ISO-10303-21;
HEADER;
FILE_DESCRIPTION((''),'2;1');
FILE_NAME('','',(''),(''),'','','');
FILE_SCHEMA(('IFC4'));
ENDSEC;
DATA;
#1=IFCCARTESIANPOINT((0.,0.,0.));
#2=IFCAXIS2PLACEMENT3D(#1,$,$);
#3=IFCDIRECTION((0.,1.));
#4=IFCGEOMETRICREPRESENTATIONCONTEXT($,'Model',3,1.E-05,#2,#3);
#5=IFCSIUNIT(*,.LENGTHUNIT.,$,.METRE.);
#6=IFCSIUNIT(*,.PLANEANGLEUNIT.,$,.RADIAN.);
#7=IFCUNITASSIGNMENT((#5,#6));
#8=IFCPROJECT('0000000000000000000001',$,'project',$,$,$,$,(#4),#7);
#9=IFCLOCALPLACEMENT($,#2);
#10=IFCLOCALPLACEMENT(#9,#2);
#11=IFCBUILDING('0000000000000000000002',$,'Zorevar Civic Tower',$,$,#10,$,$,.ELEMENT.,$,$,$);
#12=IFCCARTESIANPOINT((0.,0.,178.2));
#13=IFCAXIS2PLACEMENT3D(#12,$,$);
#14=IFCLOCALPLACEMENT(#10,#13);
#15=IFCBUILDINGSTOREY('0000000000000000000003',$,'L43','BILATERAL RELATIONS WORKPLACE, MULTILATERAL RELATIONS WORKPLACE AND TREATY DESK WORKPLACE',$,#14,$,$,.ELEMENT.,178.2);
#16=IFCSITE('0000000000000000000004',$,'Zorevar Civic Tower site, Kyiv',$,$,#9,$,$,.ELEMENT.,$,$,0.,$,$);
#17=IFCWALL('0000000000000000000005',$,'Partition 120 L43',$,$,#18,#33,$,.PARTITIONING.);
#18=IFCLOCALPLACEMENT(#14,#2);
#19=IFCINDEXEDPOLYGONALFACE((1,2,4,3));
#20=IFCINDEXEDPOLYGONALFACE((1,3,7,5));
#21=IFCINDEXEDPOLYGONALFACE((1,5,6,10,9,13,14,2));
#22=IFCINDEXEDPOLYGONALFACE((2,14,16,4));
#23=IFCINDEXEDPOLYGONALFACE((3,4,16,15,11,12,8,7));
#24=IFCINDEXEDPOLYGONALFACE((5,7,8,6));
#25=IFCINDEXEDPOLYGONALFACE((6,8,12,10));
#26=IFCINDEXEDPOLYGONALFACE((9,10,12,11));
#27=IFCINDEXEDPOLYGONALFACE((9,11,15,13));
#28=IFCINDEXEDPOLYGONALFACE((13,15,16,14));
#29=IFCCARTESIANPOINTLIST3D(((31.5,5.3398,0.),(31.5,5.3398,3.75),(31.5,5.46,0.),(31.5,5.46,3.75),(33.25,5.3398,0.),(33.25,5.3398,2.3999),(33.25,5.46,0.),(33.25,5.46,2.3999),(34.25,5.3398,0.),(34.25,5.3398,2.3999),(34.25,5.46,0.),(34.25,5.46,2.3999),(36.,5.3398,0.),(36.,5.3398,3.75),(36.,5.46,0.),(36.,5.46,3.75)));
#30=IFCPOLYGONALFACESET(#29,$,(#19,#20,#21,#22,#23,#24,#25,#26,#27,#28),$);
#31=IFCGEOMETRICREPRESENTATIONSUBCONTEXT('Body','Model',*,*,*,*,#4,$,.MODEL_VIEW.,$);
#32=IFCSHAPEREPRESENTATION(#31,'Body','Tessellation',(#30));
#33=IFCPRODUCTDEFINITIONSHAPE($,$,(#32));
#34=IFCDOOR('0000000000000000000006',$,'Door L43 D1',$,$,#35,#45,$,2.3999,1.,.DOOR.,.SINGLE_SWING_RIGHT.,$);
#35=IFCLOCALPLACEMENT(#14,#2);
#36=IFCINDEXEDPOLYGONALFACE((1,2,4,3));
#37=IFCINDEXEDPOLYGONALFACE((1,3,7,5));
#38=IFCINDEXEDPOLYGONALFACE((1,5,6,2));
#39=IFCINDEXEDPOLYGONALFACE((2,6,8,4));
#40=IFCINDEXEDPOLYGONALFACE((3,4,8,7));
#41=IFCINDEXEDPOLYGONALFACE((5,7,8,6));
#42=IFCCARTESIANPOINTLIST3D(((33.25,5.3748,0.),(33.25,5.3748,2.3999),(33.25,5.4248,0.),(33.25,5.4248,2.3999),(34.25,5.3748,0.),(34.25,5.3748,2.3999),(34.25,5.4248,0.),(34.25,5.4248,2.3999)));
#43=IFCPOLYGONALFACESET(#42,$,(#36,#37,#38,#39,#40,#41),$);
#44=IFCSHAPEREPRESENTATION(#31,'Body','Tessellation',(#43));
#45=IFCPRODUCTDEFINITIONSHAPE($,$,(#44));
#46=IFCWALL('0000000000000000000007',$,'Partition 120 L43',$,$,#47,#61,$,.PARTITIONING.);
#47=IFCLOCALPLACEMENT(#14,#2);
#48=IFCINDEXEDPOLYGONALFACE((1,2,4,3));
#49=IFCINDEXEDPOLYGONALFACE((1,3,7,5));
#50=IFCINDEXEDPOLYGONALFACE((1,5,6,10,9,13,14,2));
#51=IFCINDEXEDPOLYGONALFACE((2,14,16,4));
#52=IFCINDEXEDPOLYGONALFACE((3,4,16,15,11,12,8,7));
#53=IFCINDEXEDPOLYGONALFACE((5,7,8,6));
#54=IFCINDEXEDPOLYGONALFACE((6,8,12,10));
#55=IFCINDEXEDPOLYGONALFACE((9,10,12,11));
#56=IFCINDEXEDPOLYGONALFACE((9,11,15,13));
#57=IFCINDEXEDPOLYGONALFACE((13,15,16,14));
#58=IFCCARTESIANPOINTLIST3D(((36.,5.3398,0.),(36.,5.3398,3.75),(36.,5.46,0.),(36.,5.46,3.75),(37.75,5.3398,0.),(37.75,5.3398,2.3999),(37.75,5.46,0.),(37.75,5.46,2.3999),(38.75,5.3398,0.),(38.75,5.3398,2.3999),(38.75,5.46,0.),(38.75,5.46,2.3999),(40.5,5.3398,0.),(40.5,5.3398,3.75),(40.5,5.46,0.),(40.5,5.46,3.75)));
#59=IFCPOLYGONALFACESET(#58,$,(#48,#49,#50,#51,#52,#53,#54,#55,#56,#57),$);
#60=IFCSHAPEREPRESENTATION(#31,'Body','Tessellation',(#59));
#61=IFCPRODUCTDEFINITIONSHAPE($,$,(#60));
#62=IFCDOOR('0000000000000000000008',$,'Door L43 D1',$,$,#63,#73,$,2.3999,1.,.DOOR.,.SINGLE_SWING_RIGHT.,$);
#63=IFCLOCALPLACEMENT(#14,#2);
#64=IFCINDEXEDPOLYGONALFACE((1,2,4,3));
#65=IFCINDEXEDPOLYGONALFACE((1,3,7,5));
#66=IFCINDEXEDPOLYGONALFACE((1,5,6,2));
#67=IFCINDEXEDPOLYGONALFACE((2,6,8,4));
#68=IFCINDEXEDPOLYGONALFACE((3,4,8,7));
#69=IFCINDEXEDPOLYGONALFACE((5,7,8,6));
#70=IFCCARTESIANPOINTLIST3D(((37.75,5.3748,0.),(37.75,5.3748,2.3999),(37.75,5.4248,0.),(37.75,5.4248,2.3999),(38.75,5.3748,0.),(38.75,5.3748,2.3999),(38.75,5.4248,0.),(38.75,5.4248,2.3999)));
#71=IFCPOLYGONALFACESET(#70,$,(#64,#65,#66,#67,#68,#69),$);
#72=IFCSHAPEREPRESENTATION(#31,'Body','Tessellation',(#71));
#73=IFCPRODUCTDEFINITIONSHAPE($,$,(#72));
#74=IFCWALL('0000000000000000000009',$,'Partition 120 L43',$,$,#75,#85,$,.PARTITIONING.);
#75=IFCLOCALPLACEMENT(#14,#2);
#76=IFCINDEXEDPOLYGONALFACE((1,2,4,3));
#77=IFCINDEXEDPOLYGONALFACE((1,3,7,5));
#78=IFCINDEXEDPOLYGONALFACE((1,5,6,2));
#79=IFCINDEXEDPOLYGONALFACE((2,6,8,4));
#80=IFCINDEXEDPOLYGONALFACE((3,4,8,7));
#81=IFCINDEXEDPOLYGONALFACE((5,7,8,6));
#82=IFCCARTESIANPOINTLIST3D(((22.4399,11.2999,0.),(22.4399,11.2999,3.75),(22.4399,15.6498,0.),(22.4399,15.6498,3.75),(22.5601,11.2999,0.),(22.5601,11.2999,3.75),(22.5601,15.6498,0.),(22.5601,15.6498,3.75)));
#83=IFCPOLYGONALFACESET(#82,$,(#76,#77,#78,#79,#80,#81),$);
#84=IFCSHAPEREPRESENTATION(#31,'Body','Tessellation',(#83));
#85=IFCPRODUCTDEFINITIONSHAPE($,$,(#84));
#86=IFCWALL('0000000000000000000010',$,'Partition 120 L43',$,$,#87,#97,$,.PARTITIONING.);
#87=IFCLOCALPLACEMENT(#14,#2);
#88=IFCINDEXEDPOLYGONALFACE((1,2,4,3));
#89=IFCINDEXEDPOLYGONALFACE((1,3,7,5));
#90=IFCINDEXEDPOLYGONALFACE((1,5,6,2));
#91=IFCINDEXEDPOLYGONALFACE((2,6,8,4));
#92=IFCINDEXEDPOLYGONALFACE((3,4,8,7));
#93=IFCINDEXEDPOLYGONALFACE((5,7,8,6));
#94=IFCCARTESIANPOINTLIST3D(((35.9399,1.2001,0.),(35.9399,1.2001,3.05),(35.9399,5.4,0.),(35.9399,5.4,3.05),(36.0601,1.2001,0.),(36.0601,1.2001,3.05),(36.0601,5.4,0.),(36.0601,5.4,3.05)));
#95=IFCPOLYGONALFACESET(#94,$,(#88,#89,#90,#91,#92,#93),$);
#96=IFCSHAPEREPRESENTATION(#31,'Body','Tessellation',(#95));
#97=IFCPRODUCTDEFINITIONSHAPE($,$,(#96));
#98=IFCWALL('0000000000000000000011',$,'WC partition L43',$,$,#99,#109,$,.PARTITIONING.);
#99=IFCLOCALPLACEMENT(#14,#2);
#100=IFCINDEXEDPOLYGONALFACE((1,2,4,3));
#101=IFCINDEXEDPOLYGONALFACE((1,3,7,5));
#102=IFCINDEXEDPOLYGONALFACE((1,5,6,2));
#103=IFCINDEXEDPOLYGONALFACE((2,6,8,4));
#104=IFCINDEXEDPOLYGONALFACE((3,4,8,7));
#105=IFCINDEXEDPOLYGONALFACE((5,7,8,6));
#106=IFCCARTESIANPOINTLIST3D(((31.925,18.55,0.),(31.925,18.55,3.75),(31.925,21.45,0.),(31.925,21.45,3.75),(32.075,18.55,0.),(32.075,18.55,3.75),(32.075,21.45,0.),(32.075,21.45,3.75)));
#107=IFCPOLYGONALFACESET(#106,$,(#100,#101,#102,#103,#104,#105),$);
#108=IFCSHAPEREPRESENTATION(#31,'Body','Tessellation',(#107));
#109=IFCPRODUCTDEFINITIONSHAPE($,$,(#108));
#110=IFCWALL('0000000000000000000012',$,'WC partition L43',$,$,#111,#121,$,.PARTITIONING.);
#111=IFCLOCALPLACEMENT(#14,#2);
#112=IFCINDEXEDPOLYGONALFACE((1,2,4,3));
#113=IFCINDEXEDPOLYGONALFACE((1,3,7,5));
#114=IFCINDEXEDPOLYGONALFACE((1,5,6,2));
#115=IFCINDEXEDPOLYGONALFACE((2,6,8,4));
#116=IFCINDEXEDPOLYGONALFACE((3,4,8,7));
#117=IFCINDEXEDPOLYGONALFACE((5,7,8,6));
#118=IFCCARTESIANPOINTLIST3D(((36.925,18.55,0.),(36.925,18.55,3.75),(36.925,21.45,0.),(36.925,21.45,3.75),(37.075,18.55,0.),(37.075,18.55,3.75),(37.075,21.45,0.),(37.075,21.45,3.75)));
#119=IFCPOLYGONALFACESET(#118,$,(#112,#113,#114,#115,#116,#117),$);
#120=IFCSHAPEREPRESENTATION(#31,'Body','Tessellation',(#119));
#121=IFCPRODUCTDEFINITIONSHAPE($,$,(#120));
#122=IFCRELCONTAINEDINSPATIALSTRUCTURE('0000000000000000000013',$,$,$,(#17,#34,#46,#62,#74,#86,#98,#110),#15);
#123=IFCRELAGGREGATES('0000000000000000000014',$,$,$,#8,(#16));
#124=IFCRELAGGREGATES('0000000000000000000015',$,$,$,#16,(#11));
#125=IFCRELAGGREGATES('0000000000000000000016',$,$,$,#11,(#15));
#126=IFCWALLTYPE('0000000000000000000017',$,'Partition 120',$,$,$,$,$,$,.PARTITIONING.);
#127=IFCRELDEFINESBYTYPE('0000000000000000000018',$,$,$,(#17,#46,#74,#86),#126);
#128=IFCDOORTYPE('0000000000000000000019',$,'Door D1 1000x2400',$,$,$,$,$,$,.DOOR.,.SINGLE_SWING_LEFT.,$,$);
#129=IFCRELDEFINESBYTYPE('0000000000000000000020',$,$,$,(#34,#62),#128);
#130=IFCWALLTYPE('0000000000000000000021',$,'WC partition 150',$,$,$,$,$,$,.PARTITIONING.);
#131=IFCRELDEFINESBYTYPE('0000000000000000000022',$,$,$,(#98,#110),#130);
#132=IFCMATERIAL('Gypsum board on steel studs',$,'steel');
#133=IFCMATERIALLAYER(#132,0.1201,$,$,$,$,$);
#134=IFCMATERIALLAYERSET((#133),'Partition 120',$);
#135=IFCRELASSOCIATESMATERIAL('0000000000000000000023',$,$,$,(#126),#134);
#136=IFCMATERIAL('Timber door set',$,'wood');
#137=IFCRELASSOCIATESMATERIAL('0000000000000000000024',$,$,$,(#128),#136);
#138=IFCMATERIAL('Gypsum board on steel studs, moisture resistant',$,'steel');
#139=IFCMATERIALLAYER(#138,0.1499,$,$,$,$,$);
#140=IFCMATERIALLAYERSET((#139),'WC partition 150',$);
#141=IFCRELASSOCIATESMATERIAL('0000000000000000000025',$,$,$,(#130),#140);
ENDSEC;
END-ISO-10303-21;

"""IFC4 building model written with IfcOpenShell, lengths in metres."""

from ifc_helpers import new_model, si_unit, direction, frame, frame_2d, origin, place, context, subcontext, project, spatial, rectangle, extrude, material, layer, layer_set, type_object, element, fill, save


model = new_model("IFC4")

# Units and contexts
model_context = context("Model", 3, precision=1e-05, world=origin(), true_north=direction((0.0, 1.0)))
body_context = subcontext(model_context, "Body", "Model", "MODEL_VIEW")
ifc_project = project(units=[si_unit("LENGTHUNIT", "METRE"), si_unit("PLANEANGLEUNIT", "RADIAN")], contexts=[model_context])

# Site, building, storey
site_placement = place(None, origin())
site = spatial("IfcSite", under=ifc_project, at=site_placement, Name="Zorevar Civic Tower site, Kyiv", CompositionType="ELEMENT", RefElevation=0.0)
building_placement = place(site_placement, origin())
building = spatial("IfcBuilding", under=site, at=building_placement, Name="Zorevar Civic Tower", CompositionType="ELEMENT")
storey_placement = place(building_placement, frame((0.0, 0.0, 178.2)))
storey = spatial("IfcBuildingStorey", under=building, at=storey_placement, Name="L43", Description="BILATERAL RELATIONS WORKPLACE, MULTILATERAL RELATIONS WORKPLACE AND TREATY DESK WORKPLACE", CompositionType="ELEMENT", Elevation=178.2)

# Walls, openings, doors
ifc_material_1 = material(Name="Gypsum board on steel studs", Category="steel")
ifc_layer_1 = layer(ifc_material_1, 0.1201)
ifc_layer_set_1 = layer_set([ifc_layer_1], Name="Partition 120")
wall_type_1 = type_object("IfcWallType", Name="Partition 120", PredefinedType="PARTITIONING", material=ifc_layer_set_1)
ifc_material_2 = material(Name="Timber door set", Category="wood")
door_type_1 = type_object("IfcDoorType", Name="Door D1 1000x2400", OperationType="SINGLE_SWING_LEFT", PredefinedType="DOOR", material=ifc_material_2)
wall_1_placement = place(storey_placement, frame((31.5, 5.3999, 0.0), z_axis=(0.0, 0.0, 1.0), x_axis=(1.0, 0.0, 0.0)))
wall_1 = element("IfcWall", 1, at=wall_1_placement, inside=storey, type_object=wall_type_1, Name="Partition 120 L43", PredefinedType="PARTITIONING", context=body_context, shape_type="SweptSolid", body=[
    extrude(rectangle(XDim=4.5, YDim=0.1201, at=frame_2d((2.25, 0.0))), origin(), (0.0, 0.0, 1.0), 3.75),
])
opening_1_placement = place(wall_1_placement, frame((1.75, 0.0, 0.0)))
opening_1 = element("IfcOpeningElement", 2, at=opening_1_placement, cuts=wall_1, PredefinedType="OPENING", context=body_context, shape_type="SweptSolid", body=[
    extrude(rectangle(XDim=1.0, YDim=2.3999, at=frame_2d((0.5, 1.2))), frame((0.0, 0.0701, 0.0), z_axis=(0.0, -1.0, 0.0), x_axis=(1.0, 0.0, 0.0)), (0.0, 0.0, 1.0), 0.1401),
])
door_1_placement = place(opening_1_placement, origin())
door_1 = element("IfcDoor", 3, at=door_1_placement, inside=storey, type_object=door_type_1, Name="Door L43 D1", OperationType="SINGLE_SWING_RIGHT", OverallHeight=2.3999, OverallWidth=1.0, PredefinedType="DOOR", context=body_context, shape_type="SweptSolid", body=[
    extrude(rectangle(XDim=1.0, YDim=2.3999, at=frame_2d((0.5, 1.2))), frame((0.0, 0.0249, 0.0), z_axis=(0.0, -1.0, 0.0), x_axis=(1.0, 0.0, 0.0)), (0.0, 0.0, 1.0), 0.05),
])
fill(opening_1, door_1)
wall_2_placement = place(storey_placement, frame((36.0, 5.3999, 0.0), z_axis=(0.0, 0.0, 1.0), x_axis=(1.0, 0.0, 0.0)))
wall_2 = element("IfcWall", 4, at=wall_2_placement, inside=storey, type_object=wall_type_1, Name="Partition 120 L43", PredefinedType="PARTITIONING", context=body_context, shape_type="SweptSolid", body=[
    extrude(rectangle(XDim=4.5, YDim=0.1201, at=frame_2d((2.25, 0.0))), origin(), (0.0, 0.0, 1.0), 3.75),
])
opening_2_placement = place(wall_2_placement, frame((1.75, 0.0, 0.0)))
opening_2 = element("IfcOpeningElement", 5, at=opening_2_placement, cuts=wall_2, PredefinedType="OPENING", context=body_context, shape_type="SweptSolid", body=[
    extrude(rectangle(XDim=1.0, YDim=2.3999, at=frame_2d((0.5, 1.2))), frame((0.0, 0.0701, 0.0), z_axis=(0.0, -1.0, 0.0), x_axis=(1.0, 0.0, 0.0)), (0.0, 0.0, 1.0), 0.1401),
])
door_2_placement = place(opening_2_placement, origin())
door_2 = element("IfcDoor", 6, at=door_2_placement, inside=storey, type_object=door_type_1, Name="Door L43 D1", OperationType="SINGLE_SWING_RIGHT", OverallHeight=2.3999, OverallWidth=1.0, PredefinedType="DOOR", context=body_context, shape_type="SweptSolid", body=[
    extrude(rectangle(XDim=1.0, YDim=2.3999, at=frame_2d((0.5, 1.2))), frame((0.0, 0.0249, 0.0), z_axis=(0.0, -1.0, 0.0), x_axis=(1.0, 0.0, 0.0)), (0.0, 0.0, 1.0), 0.05),
])
fill(opening_2, door_2)

# Walls
wall_3_placement = place(storey_placement, frame((22.5, 11.3, 0.0), z_axis=(0.0, 0.0, 1.0), x_axis=(0.0, 1.0, 0.0)))
element("IfcWall", 7, at=wall_3_placement, inside=storey, type_object=wall_type_1, Name="Partition 120 L43", PredefinedType="PARTITIONING", context=body_context, shape_type="SweptSolid", body=[
    extrude(rectangle(XDim=4.3499, YDim=0.1201, at=frame_2d((2.1748, 0.0))), origin(), (0.0, 0.0, 1.0), 3.75),
])
wall_4_placement = place(storey_placement, frame((36.0, 1.2, 0.0), z_axis=(0.0, 0.0, 1.0), x_axis=(0.0, 1.0, 0.0)))
element("IfcWall", 8, at=wall_4_placement, inside=storey, type_object=wall_type_1, Name="Partition 120 L43", PredefinedType="PARTITIONING", context=body_context, shape_type="SweptSolid", body=[
    extrude(rectangle(XDim=4.2, YDim=0.1201, at=frame_2d((2.1001, 0.0))), origin(), (0.0, 0.0, 1.0), 3.05),
])
ifc_material_3 = material(Name="Gypsum board on steel studs, moisture resistant", Category="steel")
ifc_layer_2 = layer(ifc_material_3, 0.1499)
ifc_layer_set_2 = layer_set([ifc_layer_2], Name="WC partition 150")
wall_type_2 = type_object("IfcWallType", Name="WC partition 150", PredefinedType="PARTITIONING", material=ifc_layer_set_2)
for number, where, z_axis, x_axis, name in (
    (9, (32.0, 18.55, 0.0), (0.0, 0.0, 1.0), (0.0, 1.0, 0.0), "WC partition L43"),
    (10, (37.0, 18.55, 0.0), (0.0, 0.0, 1.0), (0.0, 1.0, 0.0), "WC partition L43"),
):
    element("IfcWall", number, at=place(storey_placement, frame(where, z_axis=z_axis, x_axis=x_axis)), inside=storey, type_object=wall_type_2, Name=name, PredefinedType="PARTITIONING", context=body_context, shape_type="SweptSolid", body=[
        extrude(rectangle(XDim=2.8999, YDim=0.1499, at=frame_2d((1.45, 0.0))), origin(), (0.0, 0.0, 1.0), 3.75),
    ])

save(model, "model.ifc")
